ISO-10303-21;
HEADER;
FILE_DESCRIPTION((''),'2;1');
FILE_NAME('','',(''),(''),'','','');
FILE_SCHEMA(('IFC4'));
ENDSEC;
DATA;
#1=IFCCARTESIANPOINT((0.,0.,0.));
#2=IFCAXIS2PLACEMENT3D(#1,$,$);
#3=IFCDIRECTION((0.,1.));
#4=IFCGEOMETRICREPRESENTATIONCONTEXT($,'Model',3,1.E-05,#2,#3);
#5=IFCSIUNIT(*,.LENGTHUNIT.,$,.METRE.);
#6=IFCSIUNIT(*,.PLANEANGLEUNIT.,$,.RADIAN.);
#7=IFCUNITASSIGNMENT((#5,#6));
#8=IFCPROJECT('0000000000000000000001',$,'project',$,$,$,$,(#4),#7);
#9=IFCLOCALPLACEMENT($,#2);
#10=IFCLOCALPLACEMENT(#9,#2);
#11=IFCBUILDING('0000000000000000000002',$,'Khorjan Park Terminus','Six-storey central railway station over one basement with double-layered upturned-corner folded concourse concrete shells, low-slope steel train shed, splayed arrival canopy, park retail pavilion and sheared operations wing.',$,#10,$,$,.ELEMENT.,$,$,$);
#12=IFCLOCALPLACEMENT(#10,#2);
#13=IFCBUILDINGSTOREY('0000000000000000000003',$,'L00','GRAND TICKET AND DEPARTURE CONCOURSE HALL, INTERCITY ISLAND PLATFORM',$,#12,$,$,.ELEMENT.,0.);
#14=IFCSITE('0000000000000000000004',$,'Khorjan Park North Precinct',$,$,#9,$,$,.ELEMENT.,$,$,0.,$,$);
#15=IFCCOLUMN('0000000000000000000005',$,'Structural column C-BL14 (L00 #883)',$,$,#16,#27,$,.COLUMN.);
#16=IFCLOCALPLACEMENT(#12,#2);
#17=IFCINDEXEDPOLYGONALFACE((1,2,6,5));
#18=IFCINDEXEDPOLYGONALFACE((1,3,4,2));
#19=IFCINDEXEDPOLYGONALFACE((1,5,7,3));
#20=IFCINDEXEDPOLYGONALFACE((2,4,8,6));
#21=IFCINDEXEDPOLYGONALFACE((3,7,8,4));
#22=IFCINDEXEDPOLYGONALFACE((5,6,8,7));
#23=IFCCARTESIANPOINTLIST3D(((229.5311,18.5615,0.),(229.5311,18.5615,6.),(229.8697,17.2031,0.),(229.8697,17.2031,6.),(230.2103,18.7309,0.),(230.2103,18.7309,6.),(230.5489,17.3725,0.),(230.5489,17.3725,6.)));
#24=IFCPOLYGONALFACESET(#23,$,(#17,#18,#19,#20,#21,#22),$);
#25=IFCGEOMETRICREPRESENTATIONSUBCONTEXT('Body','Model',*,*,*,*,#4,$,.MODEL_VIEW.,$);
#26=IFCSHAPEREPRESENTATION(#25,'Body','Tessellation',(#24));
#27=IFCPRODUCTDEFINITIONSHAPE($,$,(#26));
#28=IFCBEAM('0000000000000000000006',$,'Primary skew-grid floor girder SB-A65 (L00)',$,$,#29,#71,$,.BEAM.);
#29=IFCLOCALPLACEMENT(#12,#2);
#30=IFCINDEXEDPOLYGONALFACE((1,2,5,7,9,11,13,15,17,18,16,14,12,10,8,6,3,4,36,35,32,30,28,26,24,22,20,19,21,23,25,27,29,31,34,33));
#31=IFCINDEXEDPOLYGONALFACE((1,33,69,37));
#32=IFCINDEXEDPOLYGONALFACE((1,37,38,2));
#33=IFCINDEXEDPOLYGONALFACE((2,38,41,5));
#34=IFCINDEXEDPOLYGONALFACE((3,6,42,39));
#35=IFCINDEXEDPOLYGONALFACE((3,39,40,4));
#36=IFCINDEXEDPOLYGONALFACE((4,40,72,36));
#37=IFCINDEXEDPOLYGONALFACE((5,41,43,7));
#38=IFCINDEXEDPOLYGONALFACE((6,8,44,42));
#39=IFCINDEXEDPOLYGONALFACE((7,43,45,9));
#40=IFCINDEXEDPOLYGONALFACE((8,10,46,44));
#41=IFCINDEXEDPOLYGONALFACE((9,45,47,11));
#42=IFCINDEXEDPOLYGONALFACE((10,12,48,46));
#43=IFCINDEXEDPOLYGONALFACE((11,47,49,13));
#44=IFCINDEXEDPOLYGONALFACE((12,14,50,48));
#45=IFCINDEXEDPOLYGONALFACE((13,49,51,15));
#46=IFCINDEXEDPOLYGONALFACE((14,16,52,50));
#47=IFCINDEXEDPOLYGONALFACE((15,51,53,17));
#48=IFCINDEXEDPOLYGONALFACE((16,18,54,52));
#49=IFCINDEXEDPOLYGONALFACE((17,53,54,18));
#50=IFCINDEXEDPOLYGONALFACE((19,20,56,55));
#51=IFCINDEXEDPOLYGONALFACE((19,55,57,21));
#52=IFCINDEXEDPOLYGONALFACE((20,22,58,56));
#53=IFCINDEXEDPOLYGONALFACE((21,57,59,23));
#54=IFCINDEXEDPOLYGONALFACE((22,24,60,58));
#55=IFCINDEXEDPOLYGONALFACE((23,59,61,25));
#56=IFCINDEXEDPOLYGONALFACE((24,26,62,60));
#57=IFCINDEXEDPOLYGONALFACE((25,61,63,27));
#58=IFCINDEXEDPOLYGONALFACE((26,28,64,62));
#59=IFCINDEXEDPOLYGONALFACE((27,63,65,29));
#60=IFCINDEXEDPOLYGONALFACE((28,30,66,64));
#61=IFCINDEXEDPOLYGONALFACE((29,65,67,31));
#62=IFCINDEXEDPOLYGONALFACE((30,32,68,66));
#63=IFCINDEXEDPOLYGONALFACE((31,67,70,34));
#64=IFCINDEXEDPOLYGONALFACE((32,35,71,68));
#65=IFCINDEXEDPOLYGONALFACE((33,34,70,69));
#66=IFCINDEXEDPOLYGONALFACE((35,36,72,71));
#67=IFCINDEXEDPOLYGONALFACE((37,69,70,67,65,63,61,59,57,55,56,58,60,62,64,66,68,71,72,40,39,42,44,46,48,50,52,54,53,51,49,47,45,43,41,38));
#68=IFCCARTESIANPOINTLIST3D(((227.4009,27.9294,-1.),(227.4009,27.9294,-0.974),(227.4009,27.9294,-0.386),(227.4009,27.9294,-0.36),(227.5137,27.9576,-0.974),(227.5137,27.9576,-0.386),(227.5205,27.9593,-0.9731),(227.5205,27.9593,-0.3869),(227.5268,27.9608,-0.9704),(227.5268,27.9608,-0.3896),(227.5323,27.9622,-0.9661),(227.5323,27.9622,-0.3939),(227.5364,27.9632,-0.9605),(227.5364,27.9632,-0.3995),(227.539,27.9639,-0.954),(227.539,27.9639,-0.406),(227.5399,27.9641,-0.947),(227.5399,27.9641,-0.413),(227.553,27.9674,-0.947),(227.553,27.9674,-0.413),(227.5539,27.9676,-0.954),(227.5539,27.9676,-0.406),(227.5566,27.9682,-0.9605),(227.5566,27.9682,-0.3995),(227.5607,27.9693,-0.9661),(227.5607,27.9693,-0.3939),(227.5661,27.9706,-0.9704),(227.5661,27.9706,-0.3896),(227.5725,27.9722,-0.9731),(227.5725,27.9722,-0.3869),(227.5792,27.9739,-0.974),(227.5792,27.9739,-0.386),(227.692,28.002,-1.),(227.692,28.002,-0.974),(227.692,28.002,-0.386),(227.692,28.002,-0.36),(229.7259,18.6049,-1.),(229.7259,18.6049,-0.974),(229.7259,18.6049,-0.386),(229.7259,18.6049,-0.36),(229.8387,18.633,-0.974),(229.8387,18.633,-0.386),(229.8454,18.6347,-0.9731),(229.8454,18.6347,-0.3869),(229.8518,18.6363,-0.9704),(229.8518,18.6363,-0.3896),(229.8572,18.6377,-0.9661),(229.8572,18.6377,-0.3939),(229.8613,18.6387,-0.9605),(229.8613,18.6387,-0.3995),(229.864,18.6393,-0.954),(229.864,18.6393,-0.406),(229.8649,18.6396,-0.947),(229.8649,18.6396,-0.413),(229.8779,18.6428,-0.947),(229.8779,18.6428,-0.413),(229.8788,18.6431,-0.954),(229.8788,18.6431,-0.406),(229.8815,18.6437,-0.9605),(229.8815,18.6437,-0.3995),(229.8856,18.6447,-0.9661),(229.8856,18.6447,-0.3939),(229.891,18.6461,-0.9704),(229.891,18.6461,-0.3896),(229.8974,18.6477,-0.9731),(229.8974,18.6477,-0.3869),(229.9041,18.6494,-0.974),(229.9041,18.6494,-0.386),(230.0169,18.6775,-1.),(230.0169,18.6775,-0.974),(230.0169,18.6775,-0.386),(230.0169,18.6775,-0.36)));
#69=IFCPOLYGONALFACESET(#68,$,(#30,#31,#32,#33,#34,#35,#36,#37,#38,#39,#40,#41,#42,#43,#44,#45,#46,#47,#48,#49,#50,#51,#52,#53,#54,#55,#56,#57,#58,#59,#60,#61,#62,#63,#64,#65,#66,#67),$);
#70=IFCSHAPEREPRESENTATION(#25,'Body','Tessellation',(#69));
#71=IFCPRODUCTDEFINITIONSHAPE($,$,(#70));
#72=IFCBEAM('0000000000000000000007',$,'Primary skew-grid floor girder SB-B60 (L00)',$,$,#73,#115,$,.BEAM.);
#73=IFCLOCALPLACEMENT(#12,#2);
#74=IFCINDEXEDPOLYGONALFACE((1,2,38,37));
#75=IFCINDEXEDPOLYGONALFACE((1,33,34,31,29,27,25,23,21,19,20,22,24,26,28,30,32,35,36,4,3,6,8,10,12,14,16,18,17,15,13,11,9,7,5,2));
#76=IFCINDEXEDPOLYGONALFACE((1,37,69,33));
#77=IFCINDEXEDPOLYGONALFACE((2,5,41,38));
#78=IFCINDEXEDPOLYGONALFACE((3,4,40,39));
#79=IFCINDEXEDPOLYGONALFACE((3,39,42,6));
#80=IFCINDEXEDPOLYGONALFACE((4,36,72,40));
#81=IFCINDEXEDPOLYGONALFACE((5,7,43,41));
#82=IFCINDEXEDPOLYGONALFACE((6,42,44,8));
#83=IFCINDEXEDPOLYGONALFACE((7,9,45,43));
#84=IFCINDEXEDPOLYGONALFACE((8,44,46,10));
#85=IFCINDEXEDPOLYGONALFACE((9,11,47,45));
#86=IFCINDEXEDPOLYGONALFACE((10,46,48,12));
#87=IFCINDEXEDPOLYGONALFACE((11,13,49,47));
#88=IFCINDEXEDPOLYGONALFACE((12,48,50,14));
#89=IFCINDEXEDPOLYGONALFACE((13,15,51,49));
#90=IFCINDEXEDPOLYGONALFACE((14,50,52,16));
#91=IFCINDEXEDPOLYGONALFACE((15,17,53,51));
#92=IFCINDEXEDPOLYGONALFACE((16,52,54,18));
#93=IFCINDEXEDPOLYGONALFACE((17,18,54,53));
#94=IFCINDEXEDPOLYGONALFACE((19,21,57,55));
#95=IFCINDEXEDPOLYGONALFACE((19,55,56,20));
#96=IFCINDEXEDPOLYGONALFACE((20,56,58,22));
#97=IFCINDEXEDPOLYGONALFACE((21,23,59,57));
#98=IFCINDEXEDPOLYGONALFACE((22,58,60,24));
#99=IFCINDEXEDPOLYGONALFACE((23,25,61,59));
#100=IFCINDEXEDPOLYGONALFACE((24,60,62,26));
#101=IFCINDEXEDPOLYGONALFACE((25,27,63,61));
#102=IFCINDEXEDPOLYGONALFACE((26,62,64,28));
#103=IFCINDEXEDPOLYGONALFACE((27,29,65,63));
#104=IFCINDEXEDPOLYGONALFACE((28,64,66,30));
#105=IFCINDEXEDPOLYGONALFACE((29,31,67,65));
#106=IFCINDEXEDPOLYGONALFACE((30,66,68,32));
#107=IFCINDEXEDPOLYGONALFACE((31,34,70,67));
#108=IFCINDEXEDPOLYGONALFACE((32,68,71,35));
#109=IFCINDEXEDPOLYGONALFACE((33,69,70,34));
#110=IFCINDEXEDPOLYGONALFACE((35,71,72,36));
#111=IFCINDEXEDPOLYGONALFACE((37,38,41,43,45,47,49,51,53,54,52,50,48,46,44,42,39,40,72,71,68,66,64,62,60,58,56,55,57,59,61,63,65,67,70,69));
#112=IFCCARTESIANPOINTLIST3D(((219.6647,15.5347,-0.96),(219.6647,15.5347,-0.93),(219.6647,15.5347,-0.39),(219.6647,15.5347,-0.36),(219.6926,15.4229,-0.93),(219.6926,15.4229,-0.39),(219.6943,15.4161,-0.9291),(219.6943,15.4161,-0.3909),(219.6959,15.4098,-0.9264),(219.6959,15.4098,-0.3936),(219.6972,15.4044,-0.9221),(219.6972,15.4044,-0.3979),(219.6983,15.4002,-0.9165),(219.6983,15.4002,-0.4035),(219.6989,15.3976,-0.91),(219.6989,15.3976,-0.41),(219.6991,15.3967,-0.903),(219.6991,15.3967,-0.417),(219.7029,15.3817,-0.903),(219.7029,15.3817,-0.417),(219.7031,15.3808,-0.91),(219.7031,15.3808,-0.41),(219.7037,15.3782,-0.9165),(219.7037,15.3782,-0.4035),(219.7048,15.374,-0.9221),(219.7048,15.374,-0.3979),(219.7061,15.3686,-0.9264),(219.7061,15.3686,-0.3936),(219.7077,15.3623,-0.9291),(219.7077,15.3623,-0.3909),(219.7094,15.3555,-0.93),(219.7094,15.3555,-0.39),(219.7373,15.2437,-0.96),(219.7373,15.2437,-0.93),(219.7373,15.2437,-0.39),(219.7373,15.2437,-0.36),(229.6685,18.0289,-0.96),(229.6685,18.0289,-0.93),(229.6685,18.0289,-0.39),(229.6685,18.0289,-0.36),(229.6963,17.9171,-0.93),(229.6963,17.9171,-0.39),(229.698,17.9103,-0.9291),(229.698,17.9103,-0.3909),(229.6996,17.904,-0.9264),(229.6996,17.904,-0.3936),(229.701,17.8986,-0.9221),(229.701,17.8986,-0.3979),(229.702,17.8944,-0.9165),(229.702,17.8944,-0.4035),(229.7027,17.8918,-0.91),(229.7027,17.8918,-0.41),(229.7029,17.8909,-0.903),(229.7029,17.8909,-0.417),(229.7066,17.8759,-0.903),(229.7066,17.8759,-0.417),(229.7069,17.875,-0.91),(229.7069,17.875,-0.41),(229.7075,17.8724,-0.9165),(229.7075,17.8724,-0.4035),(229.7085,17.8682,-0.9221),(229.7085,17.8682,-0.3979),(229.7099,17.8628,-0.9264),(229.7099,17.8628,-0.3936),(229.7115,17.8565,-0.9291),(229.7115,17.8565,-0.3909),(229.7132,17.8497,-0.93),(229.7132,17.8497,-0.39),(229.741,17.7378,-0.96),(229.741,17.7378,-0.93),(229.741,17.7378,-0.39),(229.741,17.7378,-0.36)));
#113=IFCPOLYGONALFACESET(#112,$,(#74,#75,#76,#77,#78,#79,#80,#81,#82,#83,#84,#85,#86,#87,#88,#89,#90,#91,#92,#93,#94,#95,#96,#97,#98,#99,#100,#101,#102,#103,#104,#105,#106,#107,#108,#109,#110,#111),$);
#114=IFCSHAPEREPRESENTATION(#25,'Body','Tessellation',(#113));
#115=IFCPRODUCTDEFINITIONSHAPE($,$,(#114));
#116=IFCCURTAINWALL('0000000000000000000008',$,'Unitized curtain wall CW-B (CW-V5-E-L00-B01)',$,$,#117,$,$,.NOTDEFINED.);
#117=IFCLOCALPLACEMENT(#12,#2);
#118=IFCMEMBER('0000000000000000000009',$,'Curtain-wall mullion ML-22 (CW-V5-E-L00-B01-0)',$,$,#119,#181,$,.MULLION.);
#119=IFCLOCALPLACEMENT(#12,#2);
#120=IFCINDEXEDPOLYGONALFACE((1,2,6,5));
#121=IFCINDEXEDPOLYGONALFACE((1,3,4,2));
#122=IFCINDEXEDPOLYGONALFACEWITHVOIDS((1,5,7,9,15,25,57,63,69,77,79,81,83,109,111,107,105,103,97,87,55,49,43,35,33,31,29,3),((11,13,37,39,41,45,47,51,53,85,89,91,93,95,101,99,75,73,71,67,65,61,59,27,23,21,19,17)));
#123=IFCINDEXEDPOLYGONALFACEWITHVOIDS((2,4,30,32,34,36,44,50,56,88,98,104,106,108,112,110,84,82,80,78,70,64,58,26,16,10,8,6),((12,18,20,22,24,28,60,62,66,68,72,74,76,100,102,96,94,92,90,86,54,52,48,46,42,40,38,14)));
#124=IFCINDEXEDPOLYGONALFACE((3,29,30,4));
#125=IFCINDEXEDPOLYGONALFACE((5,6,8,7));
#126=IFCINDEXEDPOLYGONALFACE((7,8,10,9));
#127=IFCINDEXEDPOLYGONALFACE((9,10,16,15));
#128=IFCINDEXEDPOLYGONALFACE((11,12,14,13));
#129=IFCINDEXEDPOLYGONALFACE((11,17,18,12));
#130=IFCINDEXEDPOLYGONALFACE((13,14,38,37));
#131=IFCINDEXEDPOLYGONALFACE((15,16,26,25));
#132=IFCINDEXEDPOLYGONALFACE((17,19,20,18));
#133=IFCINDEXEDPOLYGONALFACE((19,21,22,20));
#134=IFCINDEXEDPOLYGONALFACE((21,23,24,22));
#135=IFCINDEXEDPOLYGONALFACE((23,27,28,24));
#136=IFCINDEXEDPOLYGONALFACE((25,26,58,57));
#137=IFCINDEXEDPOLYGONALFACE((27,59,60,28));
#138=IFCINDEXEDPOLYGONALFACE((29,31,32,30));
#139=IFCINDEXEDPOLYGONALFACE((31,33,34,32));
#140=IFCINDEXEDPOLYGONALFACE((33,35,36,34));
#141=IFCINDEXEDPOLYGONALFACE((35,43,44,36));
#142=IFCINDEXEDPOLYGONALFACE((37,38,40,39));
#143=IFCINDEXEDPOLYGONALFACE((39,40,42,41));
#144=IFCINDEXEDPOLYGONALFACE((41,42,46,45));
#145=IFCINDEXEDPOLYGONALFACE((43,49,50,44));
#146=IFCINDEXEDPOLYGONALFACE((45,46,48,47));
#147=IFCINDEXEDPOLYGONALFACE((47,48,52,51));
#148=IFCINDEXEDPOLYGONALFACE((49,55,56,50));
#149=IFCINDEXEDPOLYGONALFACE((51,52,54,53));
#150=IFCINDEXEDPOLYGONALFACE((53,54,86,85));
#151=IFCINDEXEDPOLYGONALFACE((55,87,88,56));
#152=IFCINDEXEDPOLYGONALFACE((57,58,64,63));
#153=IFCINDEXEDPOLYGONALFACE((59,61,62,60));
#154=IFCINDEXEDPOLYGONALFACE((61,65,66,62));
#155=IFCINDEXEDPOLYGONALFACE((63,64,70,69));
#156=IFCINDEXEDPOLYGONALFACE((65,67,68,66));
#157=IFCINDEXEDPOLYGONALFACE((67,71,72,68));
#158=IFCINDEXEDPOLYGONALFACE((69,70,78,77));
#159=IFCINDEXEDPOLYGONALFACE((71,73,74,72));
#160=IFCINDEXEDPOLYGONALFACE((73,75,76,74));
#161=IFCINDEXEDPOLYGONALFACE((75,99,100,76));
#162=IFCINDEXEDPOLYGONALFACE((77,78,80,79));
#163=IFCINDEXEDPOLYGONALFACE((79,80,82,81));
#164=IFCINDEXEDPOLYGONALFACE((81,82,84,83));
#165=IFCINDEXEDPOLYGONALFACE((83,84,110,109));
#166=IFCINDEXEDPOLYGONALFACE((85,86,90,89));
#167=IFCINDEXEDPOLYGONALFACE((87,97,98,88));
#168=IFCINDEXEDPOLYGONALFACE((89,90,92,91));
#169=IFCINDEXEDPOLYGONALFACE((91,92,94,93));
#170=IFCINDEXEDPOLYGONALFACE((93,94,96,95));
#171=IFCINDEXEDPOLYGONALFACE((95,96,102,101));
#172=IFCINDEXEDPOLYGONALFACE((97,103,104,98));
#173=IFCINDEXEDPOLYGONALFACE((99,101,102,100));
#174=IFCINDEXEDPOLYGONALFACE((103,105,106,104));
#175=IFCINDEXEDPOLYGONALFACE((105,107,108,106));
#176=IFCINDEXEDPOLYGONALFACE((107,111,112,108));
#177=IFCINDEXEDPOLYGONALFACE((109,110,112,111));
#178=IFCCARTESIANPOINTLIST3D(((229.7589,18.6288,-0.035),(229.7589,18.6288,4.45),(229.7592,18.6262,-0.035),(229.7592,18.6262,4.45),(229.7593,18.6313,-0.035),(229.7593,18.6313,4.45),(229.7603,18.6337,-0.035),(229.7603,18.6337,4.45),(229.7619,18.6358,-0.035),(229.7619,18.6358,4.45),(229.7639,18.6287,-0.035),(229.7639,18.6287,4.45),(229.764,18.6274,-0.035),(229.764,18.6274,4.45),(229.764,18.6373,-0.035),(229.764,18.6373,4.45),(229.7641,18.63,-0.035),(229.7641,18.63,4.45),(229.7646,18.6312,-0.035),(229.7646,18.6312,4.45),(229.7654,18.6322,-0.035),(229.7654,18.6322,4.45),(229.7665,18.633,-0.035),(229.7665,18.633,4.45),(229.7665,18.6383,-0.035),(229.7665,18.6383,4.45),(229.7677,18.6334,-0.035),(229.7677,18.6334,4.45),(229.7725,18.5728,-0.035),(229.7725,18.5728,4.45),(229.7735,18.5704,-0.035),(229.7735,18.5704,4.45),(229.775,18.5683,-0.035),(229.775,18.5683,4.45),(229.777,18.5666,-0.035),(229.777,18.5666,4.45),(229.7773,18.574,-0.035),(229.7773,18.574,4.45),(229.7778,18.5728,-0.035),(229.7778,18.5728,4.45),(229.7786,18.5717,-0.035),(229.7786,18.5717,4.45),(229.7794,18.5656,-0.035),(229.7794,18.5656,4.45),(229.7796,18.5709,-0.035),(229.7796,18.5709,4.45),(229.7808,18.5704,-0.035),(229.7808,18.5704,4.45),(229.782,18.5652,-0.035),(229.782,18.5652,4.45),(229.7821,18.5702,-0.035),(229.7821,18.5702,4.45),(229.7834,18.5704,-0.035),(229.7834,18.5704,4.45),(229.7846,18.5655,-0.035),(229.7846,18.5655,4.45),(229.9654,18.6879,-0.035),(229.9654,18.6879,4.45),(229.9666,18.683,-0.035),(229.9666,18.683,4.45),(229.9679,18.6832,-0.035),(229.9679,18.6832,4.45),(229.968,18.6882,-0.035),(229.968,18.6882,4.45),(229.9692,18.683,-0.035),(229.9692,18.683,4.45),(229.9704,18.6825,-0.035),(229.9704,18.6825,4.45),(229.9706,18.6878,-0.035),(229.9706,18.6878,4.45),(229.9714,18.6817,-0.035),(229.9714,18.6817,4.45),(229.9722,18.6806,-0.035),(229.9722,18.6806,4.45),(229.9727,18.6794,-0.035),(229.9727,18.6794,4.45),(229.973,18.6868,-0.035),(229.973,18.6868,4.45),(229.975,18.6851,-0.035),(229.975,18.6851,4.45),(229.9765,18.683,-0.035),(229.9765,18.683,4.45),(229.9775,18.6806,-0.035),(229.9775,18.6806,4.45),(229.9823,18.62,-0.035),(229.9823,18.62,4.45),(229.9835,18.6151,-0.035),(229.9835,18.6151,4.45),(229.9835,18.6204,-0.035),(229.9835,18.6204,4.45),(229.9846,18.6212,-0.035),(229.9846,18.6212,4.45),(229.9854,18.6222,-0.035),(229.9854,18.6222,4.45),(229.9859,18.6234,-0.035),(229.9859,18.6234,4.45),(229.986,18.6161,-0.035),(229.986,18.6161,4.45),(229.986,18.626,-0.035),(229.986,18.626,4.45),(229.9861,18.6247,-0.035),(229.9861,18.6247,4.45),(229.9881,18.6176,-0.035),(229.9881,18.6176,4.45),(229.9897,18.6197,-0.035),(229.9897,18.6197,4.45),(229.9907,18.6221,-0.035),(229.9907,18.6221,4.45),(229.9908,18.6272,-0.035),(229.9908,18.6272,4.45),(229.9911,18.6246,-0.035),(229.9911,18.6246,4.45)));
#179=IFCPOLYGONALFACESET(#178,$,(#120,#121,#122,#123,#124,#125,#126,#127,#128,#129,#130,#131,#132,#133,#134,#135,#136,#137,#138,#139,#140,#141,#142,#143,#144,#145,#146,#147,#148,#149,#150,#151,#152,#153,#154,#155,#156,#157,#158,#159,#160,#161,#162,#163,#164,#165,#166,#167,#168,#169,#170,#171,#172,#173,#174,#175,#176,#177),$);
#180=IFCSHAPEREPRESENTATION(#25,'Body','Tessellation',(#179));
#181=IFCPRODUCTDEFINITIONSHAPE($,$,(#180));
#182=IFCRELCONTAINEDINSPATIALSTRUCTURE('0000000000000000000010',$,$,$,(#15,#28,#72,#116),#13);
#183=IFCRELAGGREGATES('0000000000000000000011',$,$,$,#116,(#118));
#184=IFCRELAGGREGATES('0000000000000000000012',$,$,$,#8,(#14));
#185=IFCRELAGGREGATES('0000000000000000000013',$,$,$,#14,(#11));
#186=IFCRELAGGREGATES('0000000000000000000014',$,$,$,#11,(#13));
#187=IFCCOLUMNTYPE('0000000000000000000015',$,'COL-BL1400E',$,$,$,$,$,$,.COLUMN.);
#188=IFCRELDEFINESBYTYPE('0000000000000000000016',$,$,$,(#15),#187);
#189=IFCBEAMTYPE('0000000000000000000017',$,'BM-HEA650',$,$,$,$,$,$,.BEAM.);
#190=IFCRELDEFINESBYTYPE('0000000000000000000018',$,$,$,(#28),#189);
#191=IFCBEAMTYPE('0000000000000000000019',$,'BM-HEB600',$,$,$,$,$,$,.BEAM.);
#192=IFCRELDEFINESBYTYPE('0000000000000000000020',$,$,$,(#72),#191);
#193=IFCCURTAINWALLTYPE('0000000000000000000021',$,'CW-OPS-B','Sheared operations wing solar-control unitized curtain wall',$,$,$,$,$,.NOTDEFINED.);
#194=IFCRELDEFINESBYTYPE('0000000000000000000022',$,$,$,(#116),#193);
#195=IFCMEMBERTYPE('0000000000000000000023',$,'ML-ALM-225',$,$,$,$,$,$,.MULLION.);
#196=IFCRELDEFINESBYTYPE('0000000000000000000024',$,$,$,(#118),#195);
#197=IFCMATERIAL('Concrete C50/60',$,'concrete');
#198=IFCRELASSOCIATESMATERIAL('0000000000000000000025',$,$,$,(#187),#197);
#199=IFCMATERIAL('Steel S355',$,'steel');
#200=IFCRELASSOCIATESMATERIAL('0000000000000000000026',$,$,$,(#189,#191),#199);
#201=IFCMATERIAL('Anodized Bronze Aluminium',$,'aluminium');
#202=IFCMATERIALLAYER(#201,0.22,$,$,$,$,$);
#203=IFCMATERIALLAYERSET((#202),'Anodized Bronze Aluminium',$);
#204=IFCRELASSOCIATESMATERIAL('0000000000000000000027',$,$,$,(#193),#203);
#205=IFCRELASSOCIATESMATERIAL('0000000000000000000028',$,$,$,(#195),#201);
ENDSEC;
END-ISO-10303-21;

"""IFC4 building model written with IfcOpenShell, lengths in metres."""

from ifc_helpers import new_model, si_unit, direction, frame, origin, origin_2d, place, context, subcontext, project, spatial, rectangle, hollow_rectangle, i_section, extrude, material, layer, layer_set, material_profile, profile_set, type_object, element, aggregate, save


model = new_model("IFC4")

# Units and contexts
model_context = context("Model", 3, precision=1e-05, world=origin(), true_north=direction((0.0, 1.0)))
body_context = subcontext(model_context, "Body", "Model", "MODEL_VIEW")
ifc_project = project(units=[si_unit("LENGTHUNIT", "METRE"), si_unit("PLANEANGLEUNIT", "RADIAN")], contexts=[model_context])

# Site, building, storey
site_placement = place(None, origin())
site = spatial("IfcSite", under=ifc_project, at=site_placement, Name="Khorjan Park North Precinct", CompositionType="ELEMENT", RefElevation=0.0)
building_placement = place(site_placement, origin())
building = spatial("IfcBuilding", under=site, at=building_placement, Name="Khorjan Park Terminus", Description="Six-storey central railway station over one basement with double-layered upturned-corner folded concourse concrete shells, low-slope steel train shed, splayed arrival canopy, park retail pavilion and sheared operations wing.", CompositionType="ELEMENT")
storey_placement = place(building_placement, origin())
storey = spatial("IfcBuildingStorey", under=building, at=storey_placement, Name="L00", Description="GRAND TICKET AND DEPARTURE CONCOURSE HALL, INTERCITY ISLAND PLATFORM", CompositionType="ELEMENT", Elevation=0.0)

# Column
ifc_material_1 = material(Name="Concrete C50/60", Category="concrete")
ifc_material_profile_1 = material_profile(ifc_material_1, rectangle(XDim=0.7, YDim=1.4, at=origin_2d()), Name="RC 700x1400")
ifc_profile_set_1 = profile_set([ifc_material_profile_1], Name="Concrete C50/60")
column_type = type_object("IfcColumnType", Name="COL-BL1400E", PredefinedType="COLUMN", material=ifc_profile_set_1)
column_placement = place(storey_placement, frame((230.04, 17.967, 0.0), z_axis=(0.0, 0.0, 1.0), x_axis=(0.970296, 0.241922, 0.0)))
element("IfcColumn", 1, at=column_placement, inside=storey, type_object=column_type, Name="Structural column C-BL14 (L00 #883)", PredefinedType="COLUMN", context=body_context, shape_type="SweptSolid", body=[
    extrude(rectangle(XDim=0.7, YDim=1.4, at=origin_2d()), origin(), (0.0, 0.0, 1.0), 6.0),
])

# Beams
ifc_material_2 = material(Name="Steel S355", Category="steel")
ifc_material_profile_2 = material_profile(ifc_material_2, i_section(OverallWidth=0.3, OverallDepth=0.64, WebThickness=0.0135, FlangeThickness=0.026, FilletRadius=0.027, at=origin_2d()), Name="HEA 650")
ifc_profile_set_2 = profile_set([ifc_material_profile_2], Name="Steel S355")
beam_type_1 = type_object("IfcBeamType", Name="BM-HEA650", PredefinedType="BEAM", material=ifc_profile_set_2)
beam_1_placement = place(storey_placement, frame((229.8714, 18.6412, -0.68), z_axis=(-0.241926, 0.970295, 0.0), x_axis=(-0.970295, -0.241926, 0.0)))
element("IfcBeam", 2, at=beam_1_placement, inside=storey, type_object=beam_type_1, Name="Primary skew-grid floor girder SB-A65 (L00)", PredefinedType="BEAM", context=body_context, shape_type="SweptSolid", body=[
    extrude(i_section(OverallWidth=0.3, OverallDepth=0.64, WebThickness=0.0135, FlangeThickness=0.026, FilletRadius=0.027, at=origin_2d()), origin(), (0.0, 0.0, 1.0), 9.61),
])
ifc_material_profile_3 = material_profile(ifc_material_2, i_section(OverallWidth=0.3, OverallDepth=0.6, WebThickness=0.0155, FlangeThickness=0.03, FilletRadius=0.027, at=origin_2d()), Name="HEB 600")
ifc_profile_set_3 = profile_set([ifc_material_profile_3], Name="Steel S355")
beam_type_2 = type_object("IfcBeamType", Name="BM-HEB600", PredefinedType="BEAM", material=ifc_profile_set_3)
beam_2_placement = place(storey_placement, frame((219.701, 15.3892, -0.66), z_axis=(0.970296, 0.241919, 0.0), x_axis=(-0.241919, 0.970296, 0.0)))
element("IfcBeam", 3, at=beam_2_placement, inside=storey, type_object=beam_type_2, Name="Primary skew-grid floor girder SB-B60 (L00)", PredefinedType="BEAM", context=body_context, shape_type="SweptSolid", body=[
    extrude(i_section(OverallWidth=0.3, OverallDepth=0.6, WebThickness=0.0155, FlangeThickness=0.03, FilletRadius=0.027, at=origin_2d()), origin(), (0.0, 0.0, 1.0), 10.31),
])

# Curtain wall, member
ifc_material_3 = material(Name="Anodized Bronze Aluminium", Category="aluminium")
ifc_layer_1 = layer(ifc_material_3, 0.22)
ifc_layer_set_1 = layer_set([ifc_layer_1], Name="Anodized Bronze Aluminium")
curtain_wall_type = type_object("IfcCurtainWallType", Name="CW-OPS-B", Description="Sheared operations wing solar-control unitized curtain wall", PredefinedType="NOTDEFINED", material=ifc_layer_set_1)
curtain_wall_placement = place(storey_placement, origin())
curtain_wall = element("IfcCurtainWall", 4, at=curtain_wall_placement, inside=storey, type_object=curtain_wall_type, Name="Unitized curtain wall CW-B (CW-V5-E-L00-B01)", PredefinedType="NOTDEFINED")
ifc_material_profile_4 = material_profile(ifc_material_3, hollow_rectangle(XDim=0.075, YDim=0.225, WallThickness=0.005, InnerFilletRadius=0.005, OuterFilletRadius=0.01, at=origin_2d()), Name="ALM 75x225x5")
ifc_profile_set_4 = profile_set([ifc_material_profile_4], Name="Anodized Bronze Aluminium")
member_type_1 = type_object("IfcMemberType", Name="ML-ALM-225", PredefinedType="MULLION", material=ifc_profile_set_4)
member_1_placement = place(storey_placement, frame((229.875, 18.6267, -0.035), z_axis=(0.0, 0.0, 1.0), x_axis=(-0.24192, 0.970296, 0.0)))
member_1 = element("IfcMember", 5, at=member_1_placement, type_object=member_type_1, Name="Curtain-wall mullion ML-22 (CW-V5-E-L00-B01-0)", PredefinedType="MULLION", context=body_context, shape_type="SweptSolid", body=[
    extrude(hollow_rectangle(XDim=0.075, YDim=0.225, WallThickness=0.005, InnerFilletRadius=0.005, OuterFilletRadius=0.01, at=origin_2d()), origin(), (0.0, 0.0, 1.0), 4.485),
])
aggregate(curtain_wall, [member_1])

save(model, "model.ifc")
